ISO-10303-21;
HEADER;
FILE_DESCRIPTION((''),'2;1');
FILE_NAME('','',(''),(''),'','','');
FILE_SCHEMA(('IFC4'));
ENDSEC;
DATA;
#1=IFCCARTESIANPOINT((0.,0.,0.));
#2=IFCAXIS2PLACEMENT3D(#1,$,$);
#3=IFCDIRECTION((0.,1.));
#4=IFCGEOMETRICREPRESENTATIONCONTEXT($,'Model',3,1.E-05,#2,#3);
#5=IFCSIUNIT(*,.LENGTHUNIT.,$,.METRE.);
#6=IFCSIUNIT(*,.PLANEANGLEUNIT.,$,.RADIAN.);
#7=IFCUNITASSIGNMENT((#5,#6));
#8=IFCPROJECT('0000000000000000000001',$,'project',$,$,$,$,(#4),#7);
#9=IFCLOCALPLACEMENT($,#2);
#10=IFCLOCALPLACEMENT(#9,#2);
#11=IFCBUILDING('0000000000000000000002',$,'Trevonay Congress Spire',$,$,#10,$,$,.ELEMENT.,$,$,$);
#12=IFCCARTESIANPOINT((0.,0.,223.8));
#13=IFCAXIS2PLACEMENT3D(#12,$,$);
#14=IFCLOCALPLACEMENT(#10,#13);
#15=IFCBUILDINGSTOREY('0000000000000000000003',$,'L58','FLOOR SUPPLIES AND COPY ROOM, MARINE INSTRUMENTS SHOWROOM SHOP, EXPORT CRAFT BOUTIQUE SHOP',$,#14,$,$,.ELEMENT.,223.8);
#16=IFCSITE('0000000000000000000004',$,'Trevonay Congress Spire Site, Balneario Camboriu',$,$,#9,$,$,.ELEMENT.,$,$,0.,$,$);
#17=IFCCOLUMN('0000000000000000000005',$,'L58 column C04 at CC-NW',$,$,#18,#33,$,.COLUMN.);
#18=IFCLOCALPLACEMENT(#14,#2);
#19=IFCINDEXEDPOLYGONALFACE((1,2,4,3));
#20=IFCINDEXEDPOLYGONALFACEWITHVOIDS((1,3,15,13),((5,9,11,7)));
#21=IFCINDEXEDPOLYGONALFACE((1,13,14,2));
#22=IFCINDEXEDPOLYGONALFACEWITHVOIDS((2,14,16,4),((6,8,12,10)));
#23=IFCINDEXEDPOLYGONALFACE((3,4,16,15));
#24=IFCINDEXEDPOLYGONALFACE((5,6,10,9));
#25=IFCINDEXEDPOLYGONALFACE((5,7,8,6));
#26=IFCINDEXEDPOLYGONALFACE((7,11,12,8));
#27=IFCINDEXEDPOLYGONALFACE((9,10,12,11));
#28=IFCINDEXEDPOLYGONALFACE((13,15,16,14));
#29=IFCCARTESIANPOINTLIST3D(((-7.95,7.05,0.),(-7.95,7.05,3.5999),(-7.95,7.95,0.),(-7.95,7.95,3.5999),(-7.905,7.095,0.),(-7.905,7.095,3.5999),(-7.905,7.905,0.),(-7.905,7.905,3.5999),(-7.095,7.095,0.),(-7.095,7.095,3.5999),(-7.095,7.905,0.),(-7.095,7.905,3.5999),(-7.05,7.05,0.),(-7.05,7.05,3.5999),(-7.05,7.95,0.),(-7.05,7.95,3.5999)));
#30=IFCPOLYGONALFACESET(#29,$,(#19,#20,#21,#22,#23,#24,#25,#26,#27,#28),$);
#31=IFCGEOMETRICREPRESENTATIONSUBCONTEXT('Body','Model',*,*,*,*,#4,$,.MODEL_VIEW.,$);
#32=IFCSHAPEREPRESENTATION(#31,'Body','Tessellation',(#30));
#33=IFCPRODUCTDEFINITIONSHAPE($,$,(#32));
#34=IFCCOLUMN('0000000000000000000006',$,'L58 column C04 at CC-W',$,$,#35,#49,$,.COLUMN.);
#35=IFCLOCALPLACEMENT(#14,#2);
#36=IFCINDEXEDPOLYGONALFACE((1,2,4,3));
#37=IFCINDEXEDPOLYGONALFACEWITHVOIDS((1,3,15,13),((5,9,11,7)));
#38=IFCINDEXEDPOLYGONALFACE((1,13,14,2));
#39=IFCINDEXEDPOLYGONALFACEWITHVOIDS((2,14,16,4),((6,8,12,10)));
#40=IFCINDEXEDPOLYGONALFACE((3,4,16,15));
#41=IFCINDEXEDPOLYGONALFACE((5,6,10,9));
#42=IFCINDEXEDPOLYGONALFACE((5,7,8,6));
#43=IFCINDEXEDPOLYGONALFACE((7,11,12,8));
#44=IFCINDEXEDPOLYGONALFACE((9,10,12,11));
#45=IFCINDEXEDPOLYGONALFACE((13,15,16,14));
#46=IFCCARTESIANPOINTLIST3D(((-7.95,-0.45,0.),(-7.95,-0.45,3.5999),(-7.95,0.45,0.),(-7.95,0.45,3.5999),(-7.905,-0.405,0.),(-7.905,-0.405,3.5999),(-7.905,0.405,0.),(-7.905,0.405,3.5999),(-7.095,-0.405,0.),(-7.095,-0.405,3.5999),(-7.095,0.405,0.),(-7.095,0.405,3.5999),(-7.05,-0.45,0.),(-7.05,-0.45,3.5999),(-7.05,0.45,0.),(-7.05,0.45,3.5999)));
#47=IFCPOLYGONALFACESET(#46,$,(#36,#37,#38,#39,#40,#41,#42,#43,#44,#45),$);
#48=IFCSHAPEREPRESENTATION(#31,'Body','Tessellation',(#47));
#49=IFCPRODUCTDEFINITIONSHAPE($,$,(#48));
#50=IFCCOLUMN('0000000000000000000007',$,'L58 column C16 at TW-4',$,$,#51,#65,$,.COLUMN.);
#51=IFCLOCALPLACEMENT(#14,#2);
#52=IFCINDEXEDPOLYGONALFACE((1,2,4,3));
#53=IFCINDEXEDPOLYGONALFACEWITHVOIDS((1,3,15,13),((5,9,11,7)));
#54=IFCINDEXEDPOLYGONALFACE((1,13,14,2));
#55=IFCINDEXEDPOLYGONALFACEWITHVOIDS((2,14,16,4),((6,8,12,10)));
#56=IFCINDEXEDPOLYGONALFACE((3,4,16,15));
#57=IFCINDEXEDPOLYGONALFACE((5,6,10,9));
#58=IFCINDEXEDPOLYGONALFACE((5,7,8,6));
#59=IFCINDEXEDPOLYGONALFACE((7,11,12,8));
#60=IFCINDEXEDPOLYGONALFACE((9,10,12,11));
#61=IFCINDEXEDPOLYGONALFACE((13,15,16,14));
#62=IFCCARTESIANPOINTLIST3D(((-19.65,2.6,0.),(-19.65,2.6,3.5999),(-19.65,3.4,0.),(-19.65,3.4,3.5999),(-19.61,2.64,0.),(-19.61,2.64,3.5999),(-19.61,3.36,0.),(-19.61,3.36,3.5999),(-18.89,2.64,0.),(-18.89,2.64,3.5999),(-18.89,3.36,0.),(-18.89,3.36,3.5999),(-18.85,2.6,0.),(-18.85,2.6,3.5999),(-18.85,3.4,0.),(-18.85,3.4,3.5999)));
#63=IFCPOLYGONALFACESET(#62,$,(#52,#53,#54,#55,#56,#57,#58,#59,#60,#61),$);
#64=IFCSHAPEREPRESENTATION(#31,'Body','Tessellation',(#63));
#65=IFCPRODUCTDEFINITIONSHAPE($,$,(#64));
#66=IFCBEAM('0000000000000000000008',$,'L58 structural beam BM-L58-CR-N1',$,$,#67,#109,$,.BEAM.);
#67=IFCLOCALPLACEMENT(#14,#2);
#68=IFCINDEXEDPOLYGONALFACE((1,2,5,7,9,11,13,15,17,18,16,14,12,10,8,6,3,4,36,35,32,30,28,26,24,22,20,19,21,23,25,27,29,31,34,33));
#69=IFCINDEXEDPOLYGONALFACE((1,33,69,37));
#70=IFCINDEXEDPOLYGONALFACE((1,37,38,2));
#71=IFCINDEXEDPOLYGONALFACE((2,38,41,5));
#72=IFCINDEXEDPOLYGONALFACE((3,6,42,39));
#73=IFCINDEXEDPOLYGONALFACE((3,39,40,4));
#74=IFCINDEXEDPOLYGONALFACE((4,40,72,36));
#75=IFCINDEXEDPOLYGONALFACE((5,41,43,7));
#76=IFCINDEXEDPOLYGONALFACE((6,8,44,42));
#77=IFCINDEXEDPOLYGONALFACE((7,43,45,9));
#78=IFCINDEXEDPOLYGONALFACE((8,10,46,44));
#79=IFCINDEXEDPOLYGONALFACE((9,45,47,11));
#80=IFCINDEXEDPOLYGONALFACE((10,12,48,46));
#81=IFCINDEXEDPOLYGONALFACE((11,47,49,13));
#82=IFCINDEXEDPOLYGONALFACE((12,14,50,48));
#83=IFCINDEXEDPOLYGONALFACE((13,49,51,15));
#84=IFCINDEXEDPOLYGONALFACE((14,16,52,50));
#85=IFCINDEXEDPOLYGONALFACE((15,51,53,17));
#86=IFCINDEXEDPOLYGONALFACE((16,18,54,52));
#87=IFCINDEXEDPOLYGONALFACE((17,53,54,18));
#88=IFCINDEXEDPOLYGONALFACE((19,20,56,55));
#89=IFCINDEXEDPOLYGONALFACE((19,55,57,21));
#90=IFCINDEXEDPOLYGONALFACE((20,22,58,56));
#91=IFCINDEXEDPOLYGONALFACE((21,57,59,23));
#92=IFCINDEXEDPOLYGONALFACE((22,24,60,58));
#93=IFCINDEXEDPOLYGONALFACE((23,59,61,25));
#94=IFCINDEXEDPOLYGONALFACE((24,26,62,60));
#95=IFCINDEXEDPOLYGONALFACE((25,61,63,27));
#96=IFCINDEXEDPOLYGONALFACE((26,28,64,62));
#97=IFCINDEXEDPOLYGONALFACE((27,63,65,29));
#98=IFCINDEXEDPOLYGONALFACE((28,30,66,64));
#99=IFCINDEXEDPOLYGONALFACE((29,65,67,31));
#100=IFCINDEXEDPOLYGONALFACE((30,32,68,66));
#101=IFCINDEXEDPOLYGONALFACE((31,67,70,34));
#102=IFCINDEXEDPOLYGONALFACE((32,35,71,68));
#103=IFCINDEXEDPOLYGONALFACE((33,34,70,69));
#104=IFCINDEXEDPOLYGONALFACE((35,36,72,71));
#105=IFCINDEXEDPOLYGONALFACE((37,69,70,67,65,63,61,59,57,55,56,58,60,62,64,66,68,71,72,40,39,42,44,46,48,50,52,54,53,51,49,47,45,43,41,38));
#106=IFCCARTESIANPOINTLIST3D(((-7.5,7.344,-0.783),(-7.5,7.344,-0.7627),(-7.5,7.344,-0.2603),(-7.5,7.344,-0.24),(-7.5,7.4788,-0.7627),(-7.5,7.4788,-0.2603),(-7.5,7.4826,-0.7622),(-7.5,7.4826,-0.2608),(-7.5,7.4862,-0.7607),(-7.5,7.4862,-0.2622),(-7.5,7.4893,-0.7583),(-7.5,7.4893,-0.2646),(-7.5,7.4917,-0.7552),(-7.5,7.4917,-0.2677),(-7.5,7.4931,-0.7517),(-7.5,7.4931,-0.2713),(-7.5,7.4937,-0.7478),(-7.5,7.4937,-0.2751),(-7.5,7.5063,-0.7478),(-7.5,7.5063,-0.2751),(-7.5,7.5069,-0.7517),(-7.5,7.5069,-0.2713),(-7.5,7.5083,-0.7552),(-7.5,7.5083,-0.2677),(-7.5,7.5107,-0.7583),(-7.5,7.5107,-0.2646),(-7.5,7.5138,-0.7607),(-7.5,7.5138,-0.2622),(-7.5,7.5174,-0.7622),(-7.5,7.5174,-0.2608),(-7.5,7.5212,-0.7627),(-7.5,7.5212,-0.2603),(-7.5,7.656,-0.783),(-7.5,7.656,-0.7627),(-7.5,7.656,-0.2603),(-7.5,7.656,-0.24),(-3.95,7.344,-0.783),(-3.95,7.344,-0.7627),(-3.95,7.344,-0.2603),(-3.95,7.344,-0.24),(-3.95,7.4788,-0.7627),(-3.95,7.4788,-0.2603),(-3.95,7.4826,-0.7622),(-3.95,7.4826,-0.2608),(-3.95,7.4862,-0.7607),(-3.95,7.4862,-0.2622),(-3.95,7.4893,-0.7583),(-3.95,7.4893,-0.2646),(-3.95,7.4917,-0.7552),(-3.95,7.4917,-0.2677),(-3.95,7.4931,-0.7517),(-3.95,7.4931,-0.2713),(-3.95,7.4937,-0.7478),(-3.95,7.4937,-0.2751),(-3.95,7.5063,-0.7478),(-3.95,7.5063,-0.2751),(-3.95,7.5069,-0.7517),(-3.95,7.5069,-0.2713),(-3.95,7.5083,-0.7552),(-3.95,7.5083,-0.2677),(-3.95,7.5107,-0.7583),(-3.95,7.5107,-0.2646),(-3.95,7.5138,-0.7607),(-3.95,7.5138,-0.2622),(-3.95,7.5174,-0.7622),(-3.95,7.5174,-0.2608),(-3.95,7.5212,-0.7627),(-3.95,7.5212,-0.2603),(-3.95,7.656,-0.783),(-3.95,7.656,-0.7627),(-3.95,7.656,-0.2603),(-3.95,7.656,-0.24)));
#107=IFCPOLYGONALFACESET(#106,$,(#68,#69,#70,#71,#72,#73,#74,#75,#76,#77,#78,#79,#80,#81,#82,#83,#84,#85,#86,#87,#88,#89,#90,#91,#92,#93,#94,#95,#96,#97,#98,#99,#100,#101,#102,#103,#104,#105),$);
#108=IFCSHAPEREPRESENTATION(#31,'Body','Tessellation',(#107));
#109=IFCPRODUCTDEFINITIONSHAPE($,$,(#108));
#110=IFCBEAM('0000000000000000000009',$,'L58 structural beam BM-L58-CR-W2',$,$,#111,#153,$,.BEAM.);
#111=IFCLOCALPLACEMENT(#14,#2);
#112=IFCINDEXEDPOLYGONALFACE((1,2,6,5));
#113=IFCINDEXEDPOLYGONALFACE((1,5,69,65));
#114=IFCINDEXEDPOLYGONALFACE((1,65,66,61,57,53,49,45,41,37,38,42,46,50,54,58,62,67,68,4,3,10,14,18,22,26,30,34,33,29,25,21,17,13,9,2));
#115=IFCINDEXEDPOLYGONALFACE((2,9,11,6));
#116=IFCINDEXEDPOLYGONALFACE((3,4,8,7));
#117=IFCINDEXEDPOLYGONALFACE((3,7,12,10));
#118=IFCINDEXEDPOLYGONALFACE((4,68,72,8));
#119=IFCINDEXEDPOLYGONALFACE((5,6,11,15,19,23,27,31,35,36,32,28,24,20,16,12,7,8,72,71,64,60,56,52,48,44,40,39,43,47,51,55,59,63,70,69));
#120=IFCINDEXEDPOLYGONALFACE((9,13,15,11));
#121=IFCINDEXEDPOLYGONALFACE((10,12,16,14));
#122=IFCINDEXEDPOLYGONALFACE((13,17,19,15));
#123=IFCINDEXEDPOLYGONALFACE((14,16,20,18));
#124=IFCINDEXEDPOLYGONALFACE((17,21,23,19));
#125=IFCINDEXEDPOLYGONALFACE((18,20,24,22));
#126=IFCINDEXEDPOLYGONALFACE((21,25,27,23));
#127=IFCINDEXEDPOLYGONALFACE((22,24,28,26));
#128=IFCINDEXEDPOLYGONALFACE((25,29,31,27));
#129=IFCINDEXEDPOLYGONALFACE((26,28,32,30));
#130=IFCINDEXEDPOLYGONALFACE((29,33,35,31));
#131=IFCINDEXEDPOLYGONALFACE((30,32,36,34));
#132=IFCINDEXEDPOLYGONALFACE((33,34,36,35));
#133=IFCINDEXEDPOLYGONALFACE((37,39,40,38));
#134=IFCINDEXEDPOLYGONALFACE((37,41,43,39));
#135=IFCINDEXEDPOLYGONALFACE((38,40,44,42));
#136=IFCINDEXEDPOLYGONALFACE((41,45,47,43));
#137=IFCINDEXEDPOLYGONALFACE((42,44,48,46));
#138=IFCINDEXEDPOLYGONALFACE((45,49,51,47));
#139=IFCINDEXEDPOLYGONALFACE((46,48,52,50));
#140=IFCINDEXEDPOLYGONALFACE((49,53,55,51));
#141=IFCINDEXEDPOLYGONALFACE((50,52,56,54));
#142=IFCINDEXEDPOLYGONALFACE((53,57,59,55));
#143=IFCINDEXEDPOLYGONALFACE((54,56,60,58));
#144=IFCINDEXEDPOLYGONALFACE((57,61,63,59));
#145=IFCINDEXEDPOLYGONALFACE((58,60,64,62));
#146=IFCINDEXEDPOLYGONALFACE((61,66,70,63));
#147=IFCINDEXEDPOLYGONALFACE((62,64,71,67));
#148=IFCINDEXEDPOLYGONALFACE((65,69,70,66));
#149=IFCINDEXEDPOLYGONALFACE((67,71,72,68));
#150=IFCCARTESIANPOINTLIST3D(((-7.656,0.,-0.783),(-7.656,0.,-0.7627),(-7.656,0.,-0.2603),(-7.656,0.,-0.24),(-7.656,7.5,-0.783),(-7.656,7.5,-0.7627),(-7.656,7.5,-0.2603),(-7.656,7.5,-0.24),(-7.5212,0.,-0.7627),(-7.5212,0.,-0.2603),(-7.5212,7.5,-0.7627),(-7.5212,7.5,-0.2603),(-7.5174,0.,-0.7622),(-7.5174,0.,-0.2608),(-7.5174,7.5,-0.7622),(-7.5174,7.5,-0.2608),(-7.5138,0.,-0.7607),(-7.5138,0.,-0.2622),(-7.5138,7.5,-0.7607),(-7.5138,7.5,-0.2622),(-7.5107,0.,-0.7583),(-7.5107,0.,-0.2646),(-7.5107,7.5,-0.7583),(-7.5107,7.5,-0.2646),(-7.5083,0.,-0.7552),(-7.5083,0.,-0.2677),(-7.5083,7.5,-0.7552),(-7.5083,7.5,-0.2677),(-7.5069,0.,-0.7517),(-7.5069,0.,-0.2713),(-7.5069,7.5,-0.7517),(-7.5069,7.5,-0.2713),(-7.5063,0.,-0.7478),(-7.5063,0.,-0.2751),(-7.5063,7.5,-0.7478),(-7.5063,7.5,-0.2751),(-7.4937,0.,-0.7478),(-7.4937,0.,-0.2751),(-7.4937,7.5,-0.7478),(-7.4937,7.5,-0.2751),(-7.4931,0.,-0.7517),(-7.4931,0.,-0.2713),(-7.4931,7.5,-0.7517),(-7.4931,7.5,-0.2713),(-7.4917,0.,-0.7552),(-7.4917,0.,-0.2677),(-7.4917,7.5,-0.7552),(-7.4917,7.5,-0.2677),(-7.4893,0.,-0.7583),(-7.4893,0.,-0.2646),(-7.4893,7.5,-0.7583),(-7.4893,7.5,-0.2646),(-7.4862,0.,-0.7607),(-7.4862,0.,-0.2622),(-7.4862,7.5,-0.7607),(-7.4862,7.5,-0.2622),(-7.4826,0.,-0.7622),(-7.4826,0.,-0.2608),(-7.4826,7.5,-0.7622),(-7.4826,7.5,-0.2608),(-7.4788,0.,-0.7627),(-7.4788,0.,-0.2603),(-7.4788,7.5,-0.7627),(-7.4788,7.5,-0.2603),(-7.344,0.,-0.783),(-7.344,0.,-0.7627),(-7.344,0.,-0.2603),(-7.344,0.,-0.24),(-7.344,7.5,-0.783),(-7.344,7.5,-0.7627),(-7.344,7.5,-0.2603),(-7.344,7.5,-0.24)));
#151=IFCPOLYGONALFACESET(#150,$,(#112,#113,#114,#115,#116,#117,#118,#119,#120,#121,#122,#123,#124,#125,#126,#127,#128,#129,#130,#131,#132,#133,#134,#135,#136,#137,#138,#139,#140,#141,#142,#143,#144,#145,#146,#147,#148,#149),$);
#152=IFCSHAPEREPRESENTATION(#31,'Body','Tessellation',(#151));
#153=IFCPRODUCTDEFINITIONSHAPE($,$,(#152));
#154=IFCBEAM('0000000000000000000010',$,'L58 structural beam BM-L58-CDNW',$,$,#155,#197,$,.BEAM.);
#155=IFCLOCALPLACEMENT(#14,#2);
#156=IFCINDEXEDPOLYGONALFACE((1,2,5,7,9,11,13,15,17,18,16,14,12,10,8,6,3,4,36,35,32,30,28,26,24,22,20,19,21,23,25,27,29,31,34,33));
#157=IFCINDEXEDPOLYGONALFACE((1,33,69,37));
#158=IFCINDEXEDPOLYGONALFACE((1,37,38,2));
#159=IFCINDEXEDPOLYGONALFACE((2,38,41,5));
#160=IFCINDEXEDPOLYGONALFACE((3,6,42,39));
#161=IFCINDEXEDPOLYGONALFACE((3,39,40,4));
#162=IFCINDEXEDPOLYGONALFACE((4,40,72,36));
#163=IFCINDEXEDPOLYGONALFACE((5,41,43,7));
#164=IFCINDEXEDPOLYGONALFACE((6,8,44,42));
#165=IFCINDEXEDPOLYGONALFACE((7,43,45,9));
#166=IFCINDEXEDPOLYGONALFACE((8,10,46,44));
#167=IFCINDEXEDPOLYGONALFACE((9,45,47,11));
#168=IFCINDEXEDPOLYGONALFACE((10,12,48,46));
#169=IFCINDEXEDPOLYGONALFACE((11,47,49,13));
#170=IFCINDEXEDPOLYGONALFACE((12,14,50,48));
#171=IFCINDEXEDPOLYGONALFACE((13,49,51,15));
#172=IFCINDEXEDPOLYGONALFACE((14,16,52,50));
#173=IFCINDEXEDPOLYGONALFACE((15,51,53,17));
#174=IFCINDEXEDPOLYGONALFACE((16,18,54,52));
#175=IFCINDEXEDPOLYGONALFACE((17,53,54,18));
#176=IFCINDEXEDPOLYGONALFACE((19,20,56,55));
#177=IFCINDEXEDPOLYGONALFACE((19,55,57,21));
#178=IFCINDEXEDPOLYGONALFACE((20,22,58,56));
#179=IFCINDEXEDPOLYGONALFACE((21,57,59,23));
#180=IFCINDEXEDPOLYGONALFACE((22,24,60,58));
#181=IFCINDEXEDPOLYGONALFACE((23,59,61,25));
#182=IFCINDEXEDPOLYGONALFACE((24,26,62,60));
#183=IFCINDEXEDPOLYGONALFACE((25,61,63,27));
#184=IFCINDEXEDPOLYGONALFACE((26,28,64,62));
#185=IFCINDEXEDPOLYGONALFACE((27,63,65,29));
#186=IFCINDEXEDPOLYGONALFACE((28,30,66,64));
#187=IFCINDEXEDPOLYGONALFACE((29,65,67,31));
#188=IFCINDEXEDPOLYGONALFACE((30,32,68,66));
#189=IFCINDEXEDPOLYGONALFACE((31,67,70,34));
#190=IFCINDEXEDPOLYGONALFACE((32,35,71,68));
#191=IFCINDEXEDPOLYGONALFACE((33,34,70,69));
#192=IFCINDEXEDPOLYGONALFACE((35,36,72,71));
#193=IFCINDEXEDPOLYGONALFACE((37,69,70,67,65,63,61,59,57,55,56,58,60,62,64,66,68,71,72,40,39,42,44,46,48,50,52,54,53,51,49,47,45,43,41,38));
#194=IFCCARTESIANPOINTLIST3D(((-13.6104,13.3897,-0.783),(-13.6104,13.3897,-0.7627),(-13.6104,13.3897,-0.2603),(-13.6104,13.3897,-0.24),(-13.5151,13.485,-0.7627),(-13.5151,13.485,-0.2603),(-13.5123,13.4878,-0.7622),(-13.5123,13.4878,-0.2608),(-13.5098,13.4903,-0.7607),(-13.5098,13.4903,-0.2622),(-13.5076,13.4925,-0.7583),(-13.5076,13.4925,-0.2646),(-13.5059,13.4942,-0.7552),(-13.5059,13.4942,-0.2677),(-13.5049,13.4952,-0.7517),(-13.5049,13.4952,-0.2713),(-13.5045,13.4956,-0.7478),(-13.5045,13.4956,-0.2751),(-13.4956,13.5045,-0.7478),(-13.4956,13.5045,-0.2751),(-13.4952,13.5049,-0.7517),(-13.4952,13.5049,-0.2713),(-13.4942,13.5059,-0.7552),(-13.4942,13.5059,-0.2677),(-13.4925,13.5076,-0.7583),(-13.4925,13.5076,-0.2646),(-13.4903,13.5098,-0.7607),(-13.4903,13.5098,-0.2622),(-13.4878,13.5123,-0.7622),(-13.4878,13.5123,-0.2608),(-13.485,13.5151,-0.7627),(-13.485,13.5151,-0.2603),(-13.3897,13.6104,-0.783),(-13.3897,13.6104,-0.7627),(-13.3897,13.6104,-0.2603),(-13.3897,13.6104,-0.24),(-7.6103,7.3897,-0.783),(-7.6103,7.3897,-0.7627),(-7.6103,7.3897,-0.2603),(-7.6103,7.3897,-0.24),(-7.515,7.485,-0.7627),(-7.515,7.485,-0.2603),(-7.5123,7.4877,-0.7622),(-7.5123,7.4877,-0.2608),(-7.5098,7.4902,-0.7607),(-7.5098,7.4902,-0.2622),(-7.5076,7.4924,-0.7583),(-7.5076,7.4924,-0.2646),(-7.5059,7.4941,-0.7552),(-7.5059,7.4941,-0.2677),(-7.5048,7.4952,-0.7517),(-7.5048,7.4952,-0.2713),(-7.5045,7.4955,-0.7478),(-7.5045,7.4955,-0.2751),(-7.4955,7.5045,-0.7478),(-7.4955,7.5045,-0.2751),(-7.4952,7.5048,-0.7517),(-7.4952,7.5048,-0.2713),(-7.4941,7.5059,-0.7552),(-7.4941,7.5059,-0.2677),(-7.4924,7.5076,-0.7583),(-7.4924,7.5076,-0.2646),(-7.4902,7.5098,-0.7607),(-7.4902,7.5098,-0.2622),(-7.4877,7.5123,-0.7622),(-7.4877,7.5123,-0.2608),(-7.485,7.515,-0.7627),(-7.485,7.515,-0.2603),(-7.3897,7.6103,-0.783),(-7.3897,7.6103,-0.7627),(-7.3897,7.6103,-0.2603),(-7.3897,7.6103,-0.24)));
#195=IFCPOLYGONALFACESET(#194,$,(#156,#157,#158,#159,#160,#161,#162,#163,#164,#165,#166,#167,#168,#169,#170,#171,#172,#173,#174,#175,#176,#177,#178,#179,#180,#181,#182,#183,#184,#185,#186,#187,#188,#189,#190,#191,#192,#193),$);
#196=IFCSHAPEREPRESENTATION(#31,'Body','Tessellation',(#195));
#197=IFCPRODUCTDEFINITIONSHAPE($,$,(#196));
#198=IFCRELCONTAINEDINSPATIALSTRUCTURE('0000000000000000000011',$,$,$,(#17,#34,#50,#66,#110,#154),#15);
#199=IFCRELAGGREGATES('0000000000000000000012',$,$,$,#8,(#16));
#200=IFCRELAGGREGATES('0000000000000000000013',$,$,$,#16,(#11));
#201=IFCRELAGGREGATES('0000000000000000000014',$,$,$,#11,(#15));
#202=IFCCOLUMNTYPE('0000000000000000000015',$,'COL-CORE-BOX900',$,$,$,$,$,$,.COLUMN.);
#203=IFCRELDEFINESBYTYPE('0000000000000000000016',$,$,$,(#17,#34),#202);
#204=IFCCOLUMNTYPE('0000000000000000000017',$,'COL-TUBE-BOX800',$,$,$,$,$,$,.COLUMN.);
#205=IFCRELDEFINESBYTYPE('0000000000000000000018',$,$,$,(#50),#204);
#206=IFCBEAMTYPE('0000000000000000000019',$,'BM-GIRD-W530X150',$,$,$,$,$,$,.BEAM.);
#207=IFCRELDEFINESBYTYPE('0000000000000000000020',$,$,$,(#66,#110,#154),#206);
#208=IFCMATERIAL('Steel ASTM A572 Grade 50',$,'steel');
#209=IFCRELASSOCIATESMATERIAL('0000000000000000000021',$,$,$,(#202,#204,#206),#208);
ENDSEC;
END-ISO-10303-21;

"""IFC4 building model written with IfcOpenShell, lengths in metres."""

from ifc_helpers import new_model, si_unit, direction, frame, origin, origin_2d, place, context, subcontext, project, spatial, hollow_rectangle, i_section, extrude, material, material_profile, profile_set, type_object, element, save


model = new_model("IFC4")

# Units and contexts
model_context = context("Model", 3, precision=1e-05, world=origin(), true_north=direction((0.0, 1.0)))
body_context = subcontext(model_context, "Body", "Model", "MODEL_VIEW")
ifc_project = project(units=[si_unit("LENGTHUNIT", "METRE"), si_unit("PLANEANGLEUNIT", "RADIAN")], contexts=[model_context])

# Site, building, storey
site_placement = place(None, origin())
site = spatial("IfcSite", under=ifc_project, at=site_placement, Name="Trevonay Congress Spire Site, Balneario Camboriu", CompositionType="ELEMENT", RefElevation=0.0)
building_placement = place(site_placement, origin())
building = spatial("IfcBuilding", under=site, at=building_placement, Name="Trevonay Congress Spire", CompositionType="ELEMENT")
storey_placement = place(building_placement, frame((0.0, 0.0, 223.8)))
storey = spatial("IfcBuildingStorey", under=building, at=storey_placement, Name="L58", Description="FLOOR SUPPLIES AND COPY ROOM, MARINE INSTRUMENTS SHOWROOM SHOP, EXPORT CRAFT BOUTIQUE SHOP", CompositionType="ELEMENT", Elevation=223.8)

# Columns
ifc_material_1 = material(Name="Steel ASTM A572 Grade 50", Category="steel")
ifc_material_profile_1 = material_profile(ifc_material_1, hollow_rectangle(XDim=0.8999, YDim=0.8999, WallThickness=0.0449, at=origin_2d()), Name="BOX 900x900x45")
ifc_profile_set_1 = profile_set([ifc_material_profile_1], Name="Steel ASTM A572 Grade 50")
column_type_1 = type_object("IfcColumnType", Name="COL-CORE-BOX900", PredefinedType="COLUMN", material=ifc_profile_set_1)
for number, where, z_axis, x_axis, name in (
    (1, (-7.5, 7.5, 0.0), (0.0, 0.0, 1.0), (1.0, 0.0, 0.0), "L58 column C04 at CC-NW"),
    (2, (-7.5, 0.0, 0.0), (0.0, 0.0, 1.0), (1.0, 0.0, 0.0), "L58 column C04 at CC-W"),
):
    element("IfcColumn", number, at=place(storey_placement, frame(where, z_axis=z_axis, x_axis=x_axis)), inside=storey, type_object=column_type_1, Name=name, PredefinedType="COLUMN", context=body_context, shape_type="SweptSolid", body=[
        extrude(hollow_rectangle(XDim=0.8999, YDim=0.8999, WallThickness=0.0449, at=origin_2d()), origin(), (0.0, 0.0, 1.0), 3.5999),
    ])
ifc_material_profile_2 = material_profile(ifc_material_1, hollow_rectangle(XDim=0.8, YDim=0.8, WallThickness=0.04, at=origin_2d()), Name="BOX 800x800x40")
ifc_profile_set_2 = profile_set([ifc_material_profile_2], Name="Steel ASTM A572 Grade 50")
column_type_2 = type_object("IfcColumnType", Name="COL-TUBE-BOX800", PredefinedType="COLUMN", material=ifc_profile_set_2)
column_placement = place(storey_placement, frame((-19.25, 3.0, 0.0), z_axis=(0.0, 0.0, 1.0), x_axis=(1.0, 0.0, 0.0)))
element("IfcColumn", 3, at=column_placement, inside=storey, type_object=column_type_2, Name="L58 column C16 at TW-4", PredefinedType="COLUMN", context=body_context, shape_type="SweptSolid", body=[
    extrude(hollow_rectangle(XDim=0.8, YDim=0.8, WallThickness=0.04, at=origin_2d()), origin(), (0.0, 0.0, 1.0), 3.5999),
])

# Beams
ifc_material_profile_3 = material_profile(ifc_material_1, i_section(OverallWidth=0.312, OverallDepth=0.543, WebThickness=0.0127, FlangeThickness=0.0203, FilletRadius=0.0149, at=origin_2d()), Name="W530x150")
ifc_profile_set_3 = profile_set([ifc_material_profile_3], Name="Steel ASTM A572 Grade 50")
beam_type_1 = type_object("IfcBeamType", Name="BM-GIRD-W530X150", PredefinedType="BEAM", material=ifc_profile_set_3)
beam_1_placement = place(storey_placement, frame((-7.5, 7.5, -0.5115), z_axis=(1.0, 0.0, 0.0), x_axis=(0.0, 1.0, 0.0)))
element("IfcBeam", 4, at=beam_1_placement, inside=storey, type_object=beam_type_1, Name="L58 structural beam BM-L58-CR-N1", PredefinedType="BEAM", context=body_context, shape_type="SweptSolid", body=[
    extrude(i_section(OverallWidth=0.312, OverallDepth=0.543, WebThickness=0.0127, FlangeThickness=0.0203, FilletRadius=0.0149, at=origin_2d()), origin(), (0.0, 0.0, 1.0), 3.55),
])
beam_2_placement = place(storey_placement, frame((-7.5, 0.0, -0.5115), z_axis=(0.0, 1.0, 0.0), x_axis=(-1.0, 0.0, 0.0)))
element("IfcBeam", 5, at=beam_2_placement, inside=storey, type_object=beam_type_1, Name="L58 structural beam BM-L58-CR-W2", PredefinedType="BEAM", context=body_context, shape_type="SweptSolid", body=[
    extrude(i_section(OverallWidth=0.312, OverallDepth=0.543, WebThickness=0.0127, FlangeThickness=0.0203, FilletRadius=0.0149, at=origin_2d()), origin(), (0.0, 0.0, 1.0), 7.5),
])
beam_3_placement = place(storey_placement, frame((-7.5, 7.5, -0.5115), z_axis=(-0.707107, 0.707107, 0.0), x_axis=(-0.707107, -0.707107, 0.0)))
element("IfcBeam", 6, at=beam_3_placement, inside=storey, type_object=beam_type_1, Name="L58 structural beam BM-L58-CDNW", PredefinedType="BEAM", context=body_context, shape_type="SweptSolid", body=[
    extrude(i_section(OverallWidth=0.312, OverallDepth=0.543, WebThickness=0.0127, FlangeThickness=0.0203, FilletRadius=0.0149, at=origin_2d()), origin(), (0.0, 0.0, 1.0), 8.4854),
])

save(model, "model.ifc")
